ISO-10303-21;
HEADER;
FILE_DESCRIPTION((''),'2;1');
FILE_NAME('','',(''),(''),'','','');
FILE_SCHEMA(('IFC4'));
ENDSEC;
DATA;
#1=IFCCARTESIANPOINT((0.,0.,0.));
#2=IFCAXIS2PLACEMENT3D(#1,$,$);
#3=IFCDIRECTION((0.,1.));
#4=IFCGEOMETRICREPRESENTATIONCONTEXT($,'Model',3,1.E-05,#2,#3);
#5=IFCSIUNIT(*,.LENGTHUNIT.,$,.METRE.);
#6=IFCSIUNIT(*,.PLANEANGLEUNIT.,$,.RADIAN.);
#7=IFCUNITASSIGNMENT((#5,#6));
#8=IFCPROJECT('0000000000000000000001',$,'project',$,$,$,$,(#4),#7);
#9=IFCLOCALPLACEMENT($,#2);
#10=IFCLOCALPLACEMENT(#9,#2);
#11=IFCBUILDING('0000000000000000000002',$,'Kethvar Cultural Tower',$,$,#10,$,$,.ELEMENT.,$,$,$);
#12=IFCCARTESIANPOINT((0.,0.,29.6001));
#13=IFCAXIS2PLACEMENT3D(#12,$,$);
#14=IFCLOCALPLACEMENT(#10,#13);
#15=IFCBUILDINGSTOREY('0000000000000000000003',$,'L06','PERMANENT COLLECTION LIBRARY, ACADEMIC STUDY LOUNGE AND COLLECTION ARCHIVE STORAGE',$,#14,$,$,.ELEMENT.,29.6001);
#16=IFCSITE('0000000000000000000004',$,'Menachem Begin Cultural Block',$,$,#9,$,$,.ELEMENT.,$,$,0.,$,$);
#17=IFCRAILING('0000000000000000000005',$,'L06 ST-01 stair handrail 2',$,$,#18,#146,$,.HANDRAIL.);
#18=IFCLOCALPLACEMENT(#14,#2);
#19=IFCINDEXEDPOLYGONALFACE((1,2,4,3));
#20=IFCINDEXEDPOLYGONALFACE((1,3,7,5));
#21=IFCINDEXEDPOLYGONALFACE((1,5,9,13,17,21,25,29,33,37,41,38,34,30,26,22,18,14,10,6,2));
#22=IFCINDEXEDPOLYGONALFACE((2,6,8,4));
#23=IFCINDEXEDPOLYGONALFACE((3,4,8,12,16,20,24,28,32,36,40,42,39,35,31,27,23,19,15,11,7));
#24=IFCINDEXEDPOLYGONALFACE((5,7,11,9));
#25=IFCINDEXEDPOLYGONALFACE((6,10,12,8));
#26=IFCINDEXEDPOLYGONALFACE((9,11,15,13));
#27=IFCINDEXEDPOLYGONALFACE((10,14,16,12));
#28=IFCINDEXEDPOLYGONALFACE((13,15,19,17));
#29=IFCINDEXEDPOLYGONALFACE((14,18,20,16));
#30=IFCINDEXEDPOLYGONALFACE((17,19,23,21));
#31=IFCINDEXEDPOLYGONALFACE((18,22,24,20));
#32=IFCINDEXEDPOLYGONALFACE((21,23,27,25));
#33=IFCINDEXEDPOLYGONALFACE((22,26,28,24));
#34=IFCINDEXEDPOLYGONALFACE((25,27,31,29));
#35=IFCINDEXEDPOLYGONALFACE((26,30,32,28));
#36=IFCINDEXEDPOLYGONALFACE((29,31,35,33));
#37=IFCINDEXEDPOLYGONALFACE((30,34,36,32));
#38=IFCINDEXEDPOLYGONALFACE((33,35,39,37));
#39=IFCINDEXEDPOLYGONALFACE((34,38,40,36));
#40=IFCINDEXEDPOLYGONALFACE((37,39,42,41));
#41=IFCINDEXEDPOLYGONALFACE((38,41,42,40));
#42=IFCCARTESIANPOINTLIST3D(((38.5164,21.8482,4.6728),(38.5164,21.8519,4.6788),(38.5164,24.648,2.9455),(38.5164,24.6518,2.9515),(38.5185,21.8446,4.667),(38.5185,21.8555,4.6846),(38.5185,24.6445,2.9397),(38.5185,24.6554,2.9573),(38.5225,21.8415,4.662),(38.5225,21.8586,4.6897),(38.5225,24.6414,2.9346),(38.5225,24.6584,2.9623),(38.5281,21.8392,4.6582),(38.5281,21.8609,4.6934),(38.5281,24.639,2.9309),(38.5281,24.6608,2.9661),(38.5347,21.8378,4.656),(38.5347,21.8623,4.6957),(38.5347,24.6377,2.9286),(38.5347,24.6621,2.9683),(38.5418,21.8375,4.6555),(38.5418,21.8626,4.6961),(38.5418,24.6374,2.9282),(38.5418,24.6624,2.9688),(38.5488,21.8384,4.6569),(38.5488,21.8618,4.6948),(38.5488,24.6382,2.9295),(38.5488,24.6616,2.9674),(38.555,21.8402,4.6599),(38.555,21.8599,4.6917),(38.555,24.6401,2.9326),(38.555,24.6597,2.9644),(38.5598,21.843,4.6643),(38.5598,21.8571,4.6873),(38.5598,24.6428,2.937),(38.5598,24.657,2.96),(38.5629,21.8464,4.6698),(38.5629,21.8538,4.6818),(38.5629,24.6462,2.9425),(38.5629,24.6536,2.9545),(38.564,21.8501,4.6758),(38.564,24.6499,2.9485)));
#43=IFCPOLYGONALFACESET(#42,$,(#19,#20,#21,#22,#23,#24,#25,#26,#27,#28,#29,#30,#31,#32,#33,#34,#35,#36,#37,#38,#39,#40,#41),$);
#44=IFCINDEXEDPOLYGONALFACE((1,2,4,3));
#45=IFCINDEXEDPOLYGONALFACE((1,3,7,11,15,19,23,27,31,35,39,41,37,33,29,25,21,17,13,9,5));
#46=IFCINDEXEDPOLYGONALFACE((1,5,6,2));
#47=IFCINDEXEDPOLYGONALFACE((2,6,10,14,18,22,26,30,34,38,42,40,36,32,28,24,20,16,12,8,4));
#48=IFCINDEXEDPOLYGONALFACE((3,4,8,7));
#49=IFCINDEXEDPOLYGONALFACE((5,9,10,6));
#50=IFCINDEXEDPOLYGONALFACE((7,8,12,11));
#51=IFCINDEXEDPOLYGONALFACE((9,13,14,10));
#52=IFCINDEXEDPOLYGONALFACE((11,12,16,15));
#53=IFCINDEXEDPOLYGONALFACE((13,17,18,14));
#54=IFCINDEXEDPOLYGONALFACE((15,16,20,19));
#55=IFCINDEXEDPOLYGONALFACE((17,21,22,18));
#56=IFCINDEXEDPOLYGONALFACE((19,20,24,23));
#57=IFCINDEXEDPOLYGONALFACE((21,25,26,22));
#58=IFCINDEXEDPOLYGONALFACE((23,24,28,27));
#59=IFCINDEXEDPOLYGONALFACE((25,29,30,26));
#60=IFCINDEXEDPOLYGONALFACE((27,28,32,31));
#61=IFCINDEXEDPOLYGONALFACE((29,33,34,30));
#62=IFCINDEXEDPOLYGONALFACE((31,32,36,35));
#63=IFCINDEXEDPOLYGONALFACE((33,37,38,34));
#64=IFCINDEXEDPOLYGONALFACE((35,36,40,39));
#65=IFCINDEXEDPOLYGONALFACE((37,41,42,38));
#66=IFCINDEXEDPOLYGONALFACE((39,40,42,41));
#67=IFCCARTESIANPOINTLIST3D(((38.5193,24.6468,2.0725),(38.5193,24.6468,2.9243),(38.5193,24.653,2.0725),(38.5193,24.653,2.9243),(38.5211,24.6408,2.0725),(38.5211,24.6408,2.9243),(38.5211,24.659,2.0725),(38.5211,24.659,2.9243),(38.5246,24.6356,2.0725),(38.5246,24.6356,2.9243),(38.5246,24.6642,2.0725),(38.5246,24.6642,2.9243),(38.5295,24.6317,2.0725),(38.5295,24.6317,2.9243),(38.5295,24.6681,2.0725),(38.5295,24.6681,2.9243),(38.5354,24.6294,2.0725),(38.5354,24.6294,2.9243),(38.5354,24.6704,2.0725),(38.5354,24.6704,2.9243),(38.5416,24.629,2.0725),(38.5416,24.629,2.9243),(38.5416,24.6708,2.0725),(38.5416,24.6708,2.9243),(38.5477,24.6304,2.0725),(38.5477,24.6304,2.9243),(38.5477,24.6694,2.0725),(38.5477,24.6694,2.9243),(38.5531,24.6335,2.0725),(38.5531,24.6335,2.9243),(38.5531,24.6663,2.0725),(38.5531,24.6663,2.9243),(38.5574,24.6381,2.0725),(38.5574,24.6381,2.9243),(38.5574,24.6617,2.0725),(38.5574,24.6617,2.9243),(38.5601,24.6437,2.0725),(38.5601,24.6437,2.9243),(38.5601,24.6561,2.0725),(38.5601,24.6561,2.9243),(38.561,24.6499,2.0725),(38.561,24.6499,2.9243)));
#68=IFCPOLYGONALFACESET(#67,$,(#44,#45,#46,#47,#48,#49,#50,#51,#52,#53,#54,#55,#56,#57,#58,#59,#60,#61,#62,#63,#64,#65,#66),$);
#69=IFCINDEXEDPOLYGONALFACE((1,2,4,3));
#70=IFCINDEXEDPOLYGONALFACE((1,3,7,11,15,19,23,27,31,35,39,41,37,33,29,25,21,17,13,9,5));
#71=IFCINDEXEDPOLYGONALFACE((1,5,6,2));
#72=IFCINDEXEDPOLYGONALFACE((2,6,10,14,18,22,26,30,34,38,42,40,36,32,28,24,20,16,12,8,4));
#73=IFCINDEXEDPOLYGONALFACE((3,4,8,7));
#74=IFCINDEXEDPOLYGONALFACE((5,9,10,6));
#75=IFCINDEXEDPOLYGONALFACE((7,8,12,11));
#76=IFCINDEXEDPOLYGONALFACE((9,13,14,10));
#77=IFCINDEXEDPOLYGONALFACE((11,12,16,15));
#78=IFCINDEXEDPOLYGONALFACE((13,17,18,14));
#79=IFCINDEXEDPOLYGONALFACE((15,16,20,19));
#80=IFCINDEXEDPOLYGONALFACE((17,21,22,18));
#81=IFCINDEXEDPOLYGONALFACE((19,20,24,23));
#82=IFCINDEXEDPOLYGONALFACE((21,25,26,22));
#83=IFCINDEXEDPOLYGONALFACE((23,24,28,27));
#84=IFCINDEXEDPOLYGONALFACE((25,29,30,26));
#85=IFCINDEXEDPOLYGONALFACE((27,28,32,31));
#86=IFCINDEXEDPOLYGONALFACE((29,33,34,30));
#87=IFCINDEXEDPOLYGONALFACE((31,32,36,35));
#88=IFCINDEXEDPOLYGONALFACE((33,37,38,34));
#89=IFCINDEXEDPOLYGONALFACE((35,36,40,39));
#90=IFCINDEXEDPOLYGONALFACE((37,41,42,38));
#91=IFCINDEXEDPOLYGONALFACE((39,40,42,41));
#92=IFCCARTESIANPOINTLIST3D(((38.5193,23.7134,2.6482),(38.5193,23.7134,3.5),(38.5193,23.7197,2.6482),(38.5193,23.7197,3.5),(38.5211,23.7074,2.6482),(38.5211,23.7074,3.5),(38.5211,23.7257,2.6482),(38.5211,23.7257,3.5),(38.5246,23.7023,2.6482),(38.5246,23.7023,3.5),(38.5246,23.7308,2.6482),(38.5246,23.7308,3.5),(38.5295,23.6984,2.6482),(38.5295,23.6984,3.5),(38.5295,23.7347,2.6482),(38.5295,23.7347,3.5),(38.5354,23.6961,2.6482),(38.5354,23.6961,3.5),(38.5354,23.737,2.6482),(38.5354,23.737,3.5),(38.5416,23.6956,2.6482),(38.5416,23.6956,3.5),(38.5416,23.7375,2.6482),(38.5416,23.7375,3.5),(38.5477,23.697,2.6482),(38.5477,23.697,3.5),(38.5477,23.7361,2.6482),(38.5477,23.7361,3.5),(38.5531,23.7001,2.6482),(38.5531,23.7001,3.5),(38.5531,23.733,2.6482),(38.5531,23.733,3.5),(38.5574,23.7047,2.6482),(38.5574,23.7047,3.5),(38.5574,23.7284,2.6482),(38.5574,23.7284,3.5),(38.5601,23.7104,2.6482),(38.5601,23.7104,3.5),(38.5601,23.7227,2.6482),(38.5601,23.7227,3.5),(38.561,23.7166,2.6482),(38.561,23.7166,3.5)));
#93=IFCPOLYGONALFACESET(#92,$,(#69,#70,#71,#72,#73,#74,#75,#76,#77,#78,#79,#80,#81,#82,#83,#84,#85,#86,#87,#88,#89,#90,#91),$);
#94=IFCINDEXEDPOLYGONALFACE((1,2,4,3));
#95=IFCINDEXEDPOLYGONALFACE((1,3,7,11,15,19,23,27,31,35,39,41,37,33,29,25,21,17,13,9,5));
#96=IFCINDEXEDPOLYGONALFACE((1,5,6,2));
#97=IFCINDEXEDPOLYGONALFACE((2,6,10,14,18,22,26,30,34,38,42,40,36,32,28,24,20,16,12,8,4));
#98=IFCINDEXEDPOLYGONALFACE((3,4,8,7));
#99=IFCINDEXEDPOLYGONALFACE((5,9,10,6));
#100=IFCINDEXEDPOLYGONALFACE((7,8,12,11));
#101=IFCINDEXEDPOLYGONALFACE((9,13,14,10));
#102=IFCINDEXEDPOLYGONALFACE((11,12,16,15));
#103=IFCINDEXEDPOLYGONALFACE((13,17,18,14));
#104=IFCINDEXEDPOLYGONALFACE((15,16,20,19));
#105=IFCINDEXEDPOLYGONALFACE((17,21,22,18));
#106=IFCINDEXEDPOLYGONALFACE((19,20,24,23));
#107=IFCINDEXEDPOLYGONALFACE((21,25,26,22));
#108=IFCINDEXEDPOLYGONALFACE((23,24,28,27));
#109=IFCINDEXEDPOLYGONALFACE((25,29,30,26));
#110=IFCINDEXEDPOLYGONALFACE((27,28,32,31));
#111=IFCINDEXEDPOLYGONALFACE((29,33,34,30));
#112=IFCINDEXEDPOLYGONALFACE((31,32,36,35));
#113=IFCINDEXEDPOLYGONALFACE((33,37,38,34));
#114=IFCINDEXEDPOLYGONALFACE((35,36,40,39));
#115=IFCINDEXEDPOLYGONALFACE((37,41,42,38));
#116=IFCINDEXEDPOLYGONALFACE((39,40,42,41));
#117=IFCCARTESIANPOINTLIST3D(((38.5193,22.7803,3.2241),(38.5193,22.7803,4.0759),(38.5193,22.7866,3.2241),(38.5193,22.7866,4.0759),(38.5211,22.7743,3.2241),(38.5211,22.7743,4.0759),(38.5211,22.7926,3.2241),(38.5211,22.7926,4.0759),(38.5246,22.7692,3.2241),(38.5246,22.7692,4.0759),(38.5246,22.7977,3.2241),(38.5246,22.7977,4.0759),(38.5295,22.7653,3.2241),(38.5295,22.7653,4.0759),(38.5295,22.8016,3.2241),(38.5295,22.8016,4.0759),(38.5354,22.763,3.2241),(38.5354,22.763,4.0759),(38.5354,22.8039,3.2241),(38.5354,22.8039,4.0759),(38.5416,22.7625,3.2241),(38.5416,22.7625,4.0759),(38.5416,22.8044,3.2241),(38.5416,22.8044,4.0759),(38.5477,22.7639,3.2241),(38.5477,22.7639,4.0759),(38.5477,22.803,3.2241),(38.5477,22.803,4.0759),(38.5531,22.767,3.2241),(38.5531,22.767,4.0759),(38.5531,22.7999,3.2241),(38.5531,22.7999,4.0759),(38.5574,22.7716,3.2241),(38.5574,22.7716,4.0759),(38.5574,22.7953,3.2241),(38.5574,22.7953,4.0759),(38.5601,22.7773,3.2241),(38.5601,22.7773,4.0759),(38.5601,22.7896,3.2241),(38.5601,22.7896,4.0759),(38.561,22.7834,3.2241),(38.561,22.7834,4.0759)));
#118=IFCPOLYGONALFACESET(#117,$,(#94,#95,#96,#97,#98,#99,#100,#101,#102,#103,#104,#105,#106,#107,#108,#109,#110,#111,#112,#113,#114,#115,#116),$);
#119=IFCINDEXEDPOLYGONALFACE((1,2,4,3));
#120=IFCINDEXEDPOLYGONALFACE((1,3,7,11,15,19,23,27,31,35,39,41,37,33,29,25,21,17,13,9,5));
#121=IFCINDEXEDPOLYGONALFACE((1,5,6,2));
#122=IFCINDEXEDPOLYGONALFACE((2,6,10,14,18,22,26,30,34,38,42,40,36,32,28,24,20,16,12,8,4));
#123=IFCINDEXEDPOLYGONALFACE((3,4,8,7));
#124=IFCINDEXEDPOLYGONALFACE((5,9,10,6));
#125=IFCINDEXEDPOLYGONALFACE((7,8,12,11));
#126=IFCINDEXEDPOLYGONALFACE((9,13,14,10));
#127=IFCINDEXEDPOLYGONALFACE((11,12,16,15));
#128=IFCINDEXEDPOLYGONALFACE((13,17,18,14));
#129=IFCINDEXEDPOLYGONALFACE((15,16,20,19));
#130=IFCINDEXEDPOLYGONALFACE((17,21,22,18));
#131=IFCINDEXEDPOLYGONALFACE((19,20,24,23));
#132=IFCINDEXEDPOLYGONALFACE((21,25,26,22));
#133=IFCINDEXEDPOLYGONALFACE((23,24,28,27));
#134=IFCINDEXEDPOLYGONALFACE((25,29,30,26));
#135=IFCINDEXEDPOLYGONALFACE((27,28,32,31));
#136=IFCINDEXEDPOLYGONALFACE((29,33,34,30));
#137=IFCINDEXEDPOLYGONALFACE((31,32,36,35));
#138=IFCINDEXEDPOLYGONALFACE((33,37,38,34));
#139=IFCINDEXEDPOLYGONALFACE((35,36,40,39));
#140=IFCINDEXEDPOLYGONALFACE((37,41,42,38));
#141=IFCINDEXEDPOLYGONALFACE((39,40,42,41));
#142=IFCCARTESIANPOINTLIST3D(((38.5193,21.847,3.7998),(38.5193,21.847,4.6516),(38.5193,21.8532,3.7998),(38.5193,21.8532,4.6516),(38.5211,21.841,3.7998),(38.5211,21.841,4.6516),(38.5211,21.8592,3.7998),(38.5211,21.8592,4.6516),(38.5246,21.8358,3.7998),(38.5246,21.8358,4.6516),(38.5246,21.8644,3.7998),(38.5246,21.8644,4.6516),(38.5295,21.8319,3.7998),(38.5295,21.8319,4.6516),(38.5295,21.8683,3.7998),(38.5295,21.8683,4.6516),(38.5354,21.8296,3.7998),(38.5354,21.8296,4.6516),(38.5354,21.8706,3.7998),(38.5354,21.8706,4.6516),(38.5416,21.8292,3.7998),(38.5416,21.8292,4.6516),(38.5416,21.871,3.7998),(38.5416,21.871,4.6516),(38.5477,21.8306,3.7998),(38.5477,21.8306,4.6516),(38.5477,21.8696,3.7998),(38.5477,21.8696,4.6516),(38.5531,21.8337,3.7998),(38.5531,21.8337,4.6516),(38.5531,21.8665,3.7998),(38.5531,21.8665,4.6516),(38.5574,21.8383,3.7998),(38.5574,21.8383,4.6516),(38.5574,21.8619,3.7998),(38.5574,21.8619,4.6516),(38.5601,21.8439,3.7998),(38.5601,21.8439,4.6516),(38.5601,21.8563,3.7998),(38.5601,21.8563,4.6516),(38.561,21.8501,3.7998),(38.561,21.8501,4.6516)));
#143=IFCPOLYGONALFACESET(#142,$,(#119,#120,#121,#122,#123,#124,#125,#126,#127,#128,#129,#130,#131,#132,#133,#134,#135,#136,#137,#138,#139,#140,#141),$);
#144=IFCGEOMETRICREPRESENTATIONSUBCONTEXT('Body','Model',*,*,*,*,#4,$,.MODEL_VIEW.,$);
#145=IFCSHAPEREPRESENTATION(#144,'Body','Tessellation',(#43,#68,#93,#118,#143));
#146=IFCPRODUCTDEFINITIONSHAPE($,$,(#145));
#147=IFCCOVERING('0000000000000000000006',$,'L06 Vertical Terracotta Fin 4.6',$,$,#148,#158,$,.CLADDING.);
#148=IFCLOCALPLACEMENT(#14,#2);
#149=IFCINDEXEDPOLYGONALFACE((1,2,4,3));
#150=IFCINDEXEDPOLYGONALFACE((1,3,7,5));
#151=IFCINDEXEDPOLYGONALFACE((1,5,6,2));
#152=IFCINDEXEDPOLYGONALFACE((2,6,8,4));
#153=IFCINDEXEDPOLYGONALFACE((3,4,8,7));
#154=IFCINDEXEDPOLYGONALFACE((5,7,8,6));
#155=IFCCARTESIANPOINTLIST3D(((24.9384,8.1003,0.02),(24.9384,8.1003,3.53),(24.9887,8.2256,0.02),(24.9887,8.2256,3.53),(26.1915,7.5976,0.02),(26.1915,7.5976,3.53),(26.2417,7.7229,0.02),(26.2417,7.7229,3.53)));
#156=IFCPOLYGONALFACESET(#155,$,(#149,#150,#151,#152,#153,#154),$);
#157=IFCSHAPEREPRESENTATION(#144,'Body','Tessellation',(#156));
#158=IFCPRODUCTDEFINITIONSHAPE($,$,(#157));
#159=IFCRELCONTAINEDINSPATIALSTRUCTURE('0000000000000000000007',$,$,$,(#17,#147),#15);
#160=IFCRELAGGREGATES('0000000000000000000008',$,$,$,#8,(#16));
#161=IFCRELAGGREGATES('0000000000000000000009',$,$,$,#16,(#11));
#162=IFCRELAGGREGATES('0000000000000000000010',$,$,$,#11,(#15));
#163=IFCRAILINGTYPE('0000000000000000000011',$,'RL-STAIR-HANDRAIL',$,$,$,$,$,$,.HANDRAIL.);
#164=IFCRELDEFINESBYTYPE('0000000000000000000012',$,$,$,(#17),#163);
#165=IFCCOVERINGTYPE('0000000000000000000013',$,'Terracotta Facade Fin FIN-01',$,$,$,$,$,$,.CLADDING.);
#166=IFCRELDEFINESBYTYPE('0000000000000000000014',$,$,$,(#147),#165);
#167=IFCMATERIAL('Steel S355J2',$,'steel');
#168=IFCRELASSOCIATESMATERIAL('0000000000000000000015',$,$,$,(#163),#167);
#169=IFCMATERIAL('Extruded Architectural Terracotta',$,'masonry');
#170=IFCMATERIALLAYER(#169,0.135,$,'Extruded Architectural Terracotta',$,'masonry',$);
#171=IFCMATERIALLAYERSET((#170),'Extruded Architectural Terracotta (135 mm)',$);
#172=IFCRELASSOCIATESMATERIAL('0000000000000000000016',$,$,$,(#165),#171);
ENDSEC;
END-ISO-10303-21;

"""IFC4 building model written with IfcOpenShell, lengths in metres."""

from ifc_helpers import new_model, si_unit, direction, frame, origin, origin_2d, place, context, subcontext, project, spatial, rectangle, circle, extrude, source, transform, mapped, material, layer, layer_set, type_object, element, save


model = new_model("IFC4")

# Units and contexts
model_context = context("Model", 3, precision=1e-05, world=origin(), true_north=direction((0.0, 1.0)))
body_context = subcontext(model_context, "Body", "Model", "MODEL_VIEW")
ifc_project = project(units=[si_unit("LENGTHUNIT", "METRE"), si_unit("PLANEANGLEUNIT", "RADIAN")], contexts=[model_context])

# Site, building, storey
site_placement = place(None, origin())
site = spatial("IfcSite", under=ifc_project, at=site_placement, Name="Menachem Begin Cultural Block", CompositionType="ELEMENT", RefElevation=0.0)
building_placement = place(site_placement, origin())
building = spatial("IfcBuilding", under=site, at=building_placement, Name="Kethvar Cultural Tower", CompositionType="ELEMENT")
storey_placement = place(building_placement, frame((0.0, 0.0, 29.6001)))
storey = spatial("IfcBuildingStorey", under=building, at=storey_placement, Name="L06", Description="PERMANENT COLLECTION LIBRARY, ACADEMIC STUDY LOUNGE AND COLLECTION ARCHIVE STORAGE", CompositionType="ELEMENT", Elevation=29.6001)

# Shared definitions
ifc_material_1 = material(Name="Steel S355J2", Category="steel")

# Railing
railing_type_1 = type_object("IfcRailingType", Name="RL-STAIR-HANDRAIL", PredefinedType="HANDRAIL", material=ifc_material_1)
railing_1_placement = place(storey_placement, frame((38.54, 24.6499, 2.0725)))
element("IfcRailing", 1, at=railing_1_placement, inside=storey, type_object=railing_type_1, Name="L06 ST-01 stair handrail 2", PredefinedType="HANDRAIL", context=body_context, shape_type="SweptSolid", body=[
    extrude(circle(Radius=0.0239, at=origin_2d()), frame((0.0, 0.0, 0.876), z_axis=(0.0, -0.851069, 0.525054), x_axis=(1.0, 0.0, 0.0)), (0.0, 0.0, 1.0), 3.2898),
    extrude(circle(Radius=0.021, at=origin_2d()), origin(), (0.0, 0.0, 1.0), 0.8518),
    extrude(circle(Radius=0.021, at=origin_2d()), frame((0.0, -0.9333, 0.5757)), (0.0, 0.0, 1.0), 0.8518),
    extrude(circle(Radius=0.021, at=origin_2d()), frame((0.0, -1.8665, 1.1516)), (0.0, 0.0, 1.0), 0.8518),
    extrude(circle(Radius=0.021, at=origin_2d()), frame((0.0, -2.7998, 1.7273)), (0.0, 0.0, 1.0), 0.8518),
])

# Covering
ifc_material_2 = material(Name="Extruded Architectural Terracotta", Category="masonry")
ifc_layer_1 = layer(ifc_material_2, 0.135, Name="Extruded Architectural Terracotta", Category="masonry")
ifc_layer_set_1 = layer_set([ifc_layer_1], Name="Extruded Architectural Terracotta (135 mm)")
covering_type = type_object("IfcCoveringType", Name="Terracotta Facade Fin FIN-01", PredefinedType="CLADDING", material=ifc_layer_set_1)
shared_shape_1 = source(origin(), body_context, "Body", "SweptSolid", [
    extrude(rectangle(XDim=1.3501, YDim=0.135, at=origin_2d()), origin(), (0.0, 0.0, 1.0), 3.51),
])
covering_placement = place(storey_placement, frame((25.5901, 7.9116, 0.02), z_axis=(0.0, 0.0, 1.0), x_axis=(-0.928096, 0.37234, 0.0)))
element("IfcCovering", 2, at=covering_placement, inside=storey, type_object=covering_type, Name="L06 Vertical Terracotta Fin 4.6", PredefinedType="CLADDING", context=body_context, shape_type="MappedRepresentation", body=[
    mapped(shared_shape_1, transform((0.0, 0.0, 0.0), scale=1.0)),
])

save(model, "model.ifc")
